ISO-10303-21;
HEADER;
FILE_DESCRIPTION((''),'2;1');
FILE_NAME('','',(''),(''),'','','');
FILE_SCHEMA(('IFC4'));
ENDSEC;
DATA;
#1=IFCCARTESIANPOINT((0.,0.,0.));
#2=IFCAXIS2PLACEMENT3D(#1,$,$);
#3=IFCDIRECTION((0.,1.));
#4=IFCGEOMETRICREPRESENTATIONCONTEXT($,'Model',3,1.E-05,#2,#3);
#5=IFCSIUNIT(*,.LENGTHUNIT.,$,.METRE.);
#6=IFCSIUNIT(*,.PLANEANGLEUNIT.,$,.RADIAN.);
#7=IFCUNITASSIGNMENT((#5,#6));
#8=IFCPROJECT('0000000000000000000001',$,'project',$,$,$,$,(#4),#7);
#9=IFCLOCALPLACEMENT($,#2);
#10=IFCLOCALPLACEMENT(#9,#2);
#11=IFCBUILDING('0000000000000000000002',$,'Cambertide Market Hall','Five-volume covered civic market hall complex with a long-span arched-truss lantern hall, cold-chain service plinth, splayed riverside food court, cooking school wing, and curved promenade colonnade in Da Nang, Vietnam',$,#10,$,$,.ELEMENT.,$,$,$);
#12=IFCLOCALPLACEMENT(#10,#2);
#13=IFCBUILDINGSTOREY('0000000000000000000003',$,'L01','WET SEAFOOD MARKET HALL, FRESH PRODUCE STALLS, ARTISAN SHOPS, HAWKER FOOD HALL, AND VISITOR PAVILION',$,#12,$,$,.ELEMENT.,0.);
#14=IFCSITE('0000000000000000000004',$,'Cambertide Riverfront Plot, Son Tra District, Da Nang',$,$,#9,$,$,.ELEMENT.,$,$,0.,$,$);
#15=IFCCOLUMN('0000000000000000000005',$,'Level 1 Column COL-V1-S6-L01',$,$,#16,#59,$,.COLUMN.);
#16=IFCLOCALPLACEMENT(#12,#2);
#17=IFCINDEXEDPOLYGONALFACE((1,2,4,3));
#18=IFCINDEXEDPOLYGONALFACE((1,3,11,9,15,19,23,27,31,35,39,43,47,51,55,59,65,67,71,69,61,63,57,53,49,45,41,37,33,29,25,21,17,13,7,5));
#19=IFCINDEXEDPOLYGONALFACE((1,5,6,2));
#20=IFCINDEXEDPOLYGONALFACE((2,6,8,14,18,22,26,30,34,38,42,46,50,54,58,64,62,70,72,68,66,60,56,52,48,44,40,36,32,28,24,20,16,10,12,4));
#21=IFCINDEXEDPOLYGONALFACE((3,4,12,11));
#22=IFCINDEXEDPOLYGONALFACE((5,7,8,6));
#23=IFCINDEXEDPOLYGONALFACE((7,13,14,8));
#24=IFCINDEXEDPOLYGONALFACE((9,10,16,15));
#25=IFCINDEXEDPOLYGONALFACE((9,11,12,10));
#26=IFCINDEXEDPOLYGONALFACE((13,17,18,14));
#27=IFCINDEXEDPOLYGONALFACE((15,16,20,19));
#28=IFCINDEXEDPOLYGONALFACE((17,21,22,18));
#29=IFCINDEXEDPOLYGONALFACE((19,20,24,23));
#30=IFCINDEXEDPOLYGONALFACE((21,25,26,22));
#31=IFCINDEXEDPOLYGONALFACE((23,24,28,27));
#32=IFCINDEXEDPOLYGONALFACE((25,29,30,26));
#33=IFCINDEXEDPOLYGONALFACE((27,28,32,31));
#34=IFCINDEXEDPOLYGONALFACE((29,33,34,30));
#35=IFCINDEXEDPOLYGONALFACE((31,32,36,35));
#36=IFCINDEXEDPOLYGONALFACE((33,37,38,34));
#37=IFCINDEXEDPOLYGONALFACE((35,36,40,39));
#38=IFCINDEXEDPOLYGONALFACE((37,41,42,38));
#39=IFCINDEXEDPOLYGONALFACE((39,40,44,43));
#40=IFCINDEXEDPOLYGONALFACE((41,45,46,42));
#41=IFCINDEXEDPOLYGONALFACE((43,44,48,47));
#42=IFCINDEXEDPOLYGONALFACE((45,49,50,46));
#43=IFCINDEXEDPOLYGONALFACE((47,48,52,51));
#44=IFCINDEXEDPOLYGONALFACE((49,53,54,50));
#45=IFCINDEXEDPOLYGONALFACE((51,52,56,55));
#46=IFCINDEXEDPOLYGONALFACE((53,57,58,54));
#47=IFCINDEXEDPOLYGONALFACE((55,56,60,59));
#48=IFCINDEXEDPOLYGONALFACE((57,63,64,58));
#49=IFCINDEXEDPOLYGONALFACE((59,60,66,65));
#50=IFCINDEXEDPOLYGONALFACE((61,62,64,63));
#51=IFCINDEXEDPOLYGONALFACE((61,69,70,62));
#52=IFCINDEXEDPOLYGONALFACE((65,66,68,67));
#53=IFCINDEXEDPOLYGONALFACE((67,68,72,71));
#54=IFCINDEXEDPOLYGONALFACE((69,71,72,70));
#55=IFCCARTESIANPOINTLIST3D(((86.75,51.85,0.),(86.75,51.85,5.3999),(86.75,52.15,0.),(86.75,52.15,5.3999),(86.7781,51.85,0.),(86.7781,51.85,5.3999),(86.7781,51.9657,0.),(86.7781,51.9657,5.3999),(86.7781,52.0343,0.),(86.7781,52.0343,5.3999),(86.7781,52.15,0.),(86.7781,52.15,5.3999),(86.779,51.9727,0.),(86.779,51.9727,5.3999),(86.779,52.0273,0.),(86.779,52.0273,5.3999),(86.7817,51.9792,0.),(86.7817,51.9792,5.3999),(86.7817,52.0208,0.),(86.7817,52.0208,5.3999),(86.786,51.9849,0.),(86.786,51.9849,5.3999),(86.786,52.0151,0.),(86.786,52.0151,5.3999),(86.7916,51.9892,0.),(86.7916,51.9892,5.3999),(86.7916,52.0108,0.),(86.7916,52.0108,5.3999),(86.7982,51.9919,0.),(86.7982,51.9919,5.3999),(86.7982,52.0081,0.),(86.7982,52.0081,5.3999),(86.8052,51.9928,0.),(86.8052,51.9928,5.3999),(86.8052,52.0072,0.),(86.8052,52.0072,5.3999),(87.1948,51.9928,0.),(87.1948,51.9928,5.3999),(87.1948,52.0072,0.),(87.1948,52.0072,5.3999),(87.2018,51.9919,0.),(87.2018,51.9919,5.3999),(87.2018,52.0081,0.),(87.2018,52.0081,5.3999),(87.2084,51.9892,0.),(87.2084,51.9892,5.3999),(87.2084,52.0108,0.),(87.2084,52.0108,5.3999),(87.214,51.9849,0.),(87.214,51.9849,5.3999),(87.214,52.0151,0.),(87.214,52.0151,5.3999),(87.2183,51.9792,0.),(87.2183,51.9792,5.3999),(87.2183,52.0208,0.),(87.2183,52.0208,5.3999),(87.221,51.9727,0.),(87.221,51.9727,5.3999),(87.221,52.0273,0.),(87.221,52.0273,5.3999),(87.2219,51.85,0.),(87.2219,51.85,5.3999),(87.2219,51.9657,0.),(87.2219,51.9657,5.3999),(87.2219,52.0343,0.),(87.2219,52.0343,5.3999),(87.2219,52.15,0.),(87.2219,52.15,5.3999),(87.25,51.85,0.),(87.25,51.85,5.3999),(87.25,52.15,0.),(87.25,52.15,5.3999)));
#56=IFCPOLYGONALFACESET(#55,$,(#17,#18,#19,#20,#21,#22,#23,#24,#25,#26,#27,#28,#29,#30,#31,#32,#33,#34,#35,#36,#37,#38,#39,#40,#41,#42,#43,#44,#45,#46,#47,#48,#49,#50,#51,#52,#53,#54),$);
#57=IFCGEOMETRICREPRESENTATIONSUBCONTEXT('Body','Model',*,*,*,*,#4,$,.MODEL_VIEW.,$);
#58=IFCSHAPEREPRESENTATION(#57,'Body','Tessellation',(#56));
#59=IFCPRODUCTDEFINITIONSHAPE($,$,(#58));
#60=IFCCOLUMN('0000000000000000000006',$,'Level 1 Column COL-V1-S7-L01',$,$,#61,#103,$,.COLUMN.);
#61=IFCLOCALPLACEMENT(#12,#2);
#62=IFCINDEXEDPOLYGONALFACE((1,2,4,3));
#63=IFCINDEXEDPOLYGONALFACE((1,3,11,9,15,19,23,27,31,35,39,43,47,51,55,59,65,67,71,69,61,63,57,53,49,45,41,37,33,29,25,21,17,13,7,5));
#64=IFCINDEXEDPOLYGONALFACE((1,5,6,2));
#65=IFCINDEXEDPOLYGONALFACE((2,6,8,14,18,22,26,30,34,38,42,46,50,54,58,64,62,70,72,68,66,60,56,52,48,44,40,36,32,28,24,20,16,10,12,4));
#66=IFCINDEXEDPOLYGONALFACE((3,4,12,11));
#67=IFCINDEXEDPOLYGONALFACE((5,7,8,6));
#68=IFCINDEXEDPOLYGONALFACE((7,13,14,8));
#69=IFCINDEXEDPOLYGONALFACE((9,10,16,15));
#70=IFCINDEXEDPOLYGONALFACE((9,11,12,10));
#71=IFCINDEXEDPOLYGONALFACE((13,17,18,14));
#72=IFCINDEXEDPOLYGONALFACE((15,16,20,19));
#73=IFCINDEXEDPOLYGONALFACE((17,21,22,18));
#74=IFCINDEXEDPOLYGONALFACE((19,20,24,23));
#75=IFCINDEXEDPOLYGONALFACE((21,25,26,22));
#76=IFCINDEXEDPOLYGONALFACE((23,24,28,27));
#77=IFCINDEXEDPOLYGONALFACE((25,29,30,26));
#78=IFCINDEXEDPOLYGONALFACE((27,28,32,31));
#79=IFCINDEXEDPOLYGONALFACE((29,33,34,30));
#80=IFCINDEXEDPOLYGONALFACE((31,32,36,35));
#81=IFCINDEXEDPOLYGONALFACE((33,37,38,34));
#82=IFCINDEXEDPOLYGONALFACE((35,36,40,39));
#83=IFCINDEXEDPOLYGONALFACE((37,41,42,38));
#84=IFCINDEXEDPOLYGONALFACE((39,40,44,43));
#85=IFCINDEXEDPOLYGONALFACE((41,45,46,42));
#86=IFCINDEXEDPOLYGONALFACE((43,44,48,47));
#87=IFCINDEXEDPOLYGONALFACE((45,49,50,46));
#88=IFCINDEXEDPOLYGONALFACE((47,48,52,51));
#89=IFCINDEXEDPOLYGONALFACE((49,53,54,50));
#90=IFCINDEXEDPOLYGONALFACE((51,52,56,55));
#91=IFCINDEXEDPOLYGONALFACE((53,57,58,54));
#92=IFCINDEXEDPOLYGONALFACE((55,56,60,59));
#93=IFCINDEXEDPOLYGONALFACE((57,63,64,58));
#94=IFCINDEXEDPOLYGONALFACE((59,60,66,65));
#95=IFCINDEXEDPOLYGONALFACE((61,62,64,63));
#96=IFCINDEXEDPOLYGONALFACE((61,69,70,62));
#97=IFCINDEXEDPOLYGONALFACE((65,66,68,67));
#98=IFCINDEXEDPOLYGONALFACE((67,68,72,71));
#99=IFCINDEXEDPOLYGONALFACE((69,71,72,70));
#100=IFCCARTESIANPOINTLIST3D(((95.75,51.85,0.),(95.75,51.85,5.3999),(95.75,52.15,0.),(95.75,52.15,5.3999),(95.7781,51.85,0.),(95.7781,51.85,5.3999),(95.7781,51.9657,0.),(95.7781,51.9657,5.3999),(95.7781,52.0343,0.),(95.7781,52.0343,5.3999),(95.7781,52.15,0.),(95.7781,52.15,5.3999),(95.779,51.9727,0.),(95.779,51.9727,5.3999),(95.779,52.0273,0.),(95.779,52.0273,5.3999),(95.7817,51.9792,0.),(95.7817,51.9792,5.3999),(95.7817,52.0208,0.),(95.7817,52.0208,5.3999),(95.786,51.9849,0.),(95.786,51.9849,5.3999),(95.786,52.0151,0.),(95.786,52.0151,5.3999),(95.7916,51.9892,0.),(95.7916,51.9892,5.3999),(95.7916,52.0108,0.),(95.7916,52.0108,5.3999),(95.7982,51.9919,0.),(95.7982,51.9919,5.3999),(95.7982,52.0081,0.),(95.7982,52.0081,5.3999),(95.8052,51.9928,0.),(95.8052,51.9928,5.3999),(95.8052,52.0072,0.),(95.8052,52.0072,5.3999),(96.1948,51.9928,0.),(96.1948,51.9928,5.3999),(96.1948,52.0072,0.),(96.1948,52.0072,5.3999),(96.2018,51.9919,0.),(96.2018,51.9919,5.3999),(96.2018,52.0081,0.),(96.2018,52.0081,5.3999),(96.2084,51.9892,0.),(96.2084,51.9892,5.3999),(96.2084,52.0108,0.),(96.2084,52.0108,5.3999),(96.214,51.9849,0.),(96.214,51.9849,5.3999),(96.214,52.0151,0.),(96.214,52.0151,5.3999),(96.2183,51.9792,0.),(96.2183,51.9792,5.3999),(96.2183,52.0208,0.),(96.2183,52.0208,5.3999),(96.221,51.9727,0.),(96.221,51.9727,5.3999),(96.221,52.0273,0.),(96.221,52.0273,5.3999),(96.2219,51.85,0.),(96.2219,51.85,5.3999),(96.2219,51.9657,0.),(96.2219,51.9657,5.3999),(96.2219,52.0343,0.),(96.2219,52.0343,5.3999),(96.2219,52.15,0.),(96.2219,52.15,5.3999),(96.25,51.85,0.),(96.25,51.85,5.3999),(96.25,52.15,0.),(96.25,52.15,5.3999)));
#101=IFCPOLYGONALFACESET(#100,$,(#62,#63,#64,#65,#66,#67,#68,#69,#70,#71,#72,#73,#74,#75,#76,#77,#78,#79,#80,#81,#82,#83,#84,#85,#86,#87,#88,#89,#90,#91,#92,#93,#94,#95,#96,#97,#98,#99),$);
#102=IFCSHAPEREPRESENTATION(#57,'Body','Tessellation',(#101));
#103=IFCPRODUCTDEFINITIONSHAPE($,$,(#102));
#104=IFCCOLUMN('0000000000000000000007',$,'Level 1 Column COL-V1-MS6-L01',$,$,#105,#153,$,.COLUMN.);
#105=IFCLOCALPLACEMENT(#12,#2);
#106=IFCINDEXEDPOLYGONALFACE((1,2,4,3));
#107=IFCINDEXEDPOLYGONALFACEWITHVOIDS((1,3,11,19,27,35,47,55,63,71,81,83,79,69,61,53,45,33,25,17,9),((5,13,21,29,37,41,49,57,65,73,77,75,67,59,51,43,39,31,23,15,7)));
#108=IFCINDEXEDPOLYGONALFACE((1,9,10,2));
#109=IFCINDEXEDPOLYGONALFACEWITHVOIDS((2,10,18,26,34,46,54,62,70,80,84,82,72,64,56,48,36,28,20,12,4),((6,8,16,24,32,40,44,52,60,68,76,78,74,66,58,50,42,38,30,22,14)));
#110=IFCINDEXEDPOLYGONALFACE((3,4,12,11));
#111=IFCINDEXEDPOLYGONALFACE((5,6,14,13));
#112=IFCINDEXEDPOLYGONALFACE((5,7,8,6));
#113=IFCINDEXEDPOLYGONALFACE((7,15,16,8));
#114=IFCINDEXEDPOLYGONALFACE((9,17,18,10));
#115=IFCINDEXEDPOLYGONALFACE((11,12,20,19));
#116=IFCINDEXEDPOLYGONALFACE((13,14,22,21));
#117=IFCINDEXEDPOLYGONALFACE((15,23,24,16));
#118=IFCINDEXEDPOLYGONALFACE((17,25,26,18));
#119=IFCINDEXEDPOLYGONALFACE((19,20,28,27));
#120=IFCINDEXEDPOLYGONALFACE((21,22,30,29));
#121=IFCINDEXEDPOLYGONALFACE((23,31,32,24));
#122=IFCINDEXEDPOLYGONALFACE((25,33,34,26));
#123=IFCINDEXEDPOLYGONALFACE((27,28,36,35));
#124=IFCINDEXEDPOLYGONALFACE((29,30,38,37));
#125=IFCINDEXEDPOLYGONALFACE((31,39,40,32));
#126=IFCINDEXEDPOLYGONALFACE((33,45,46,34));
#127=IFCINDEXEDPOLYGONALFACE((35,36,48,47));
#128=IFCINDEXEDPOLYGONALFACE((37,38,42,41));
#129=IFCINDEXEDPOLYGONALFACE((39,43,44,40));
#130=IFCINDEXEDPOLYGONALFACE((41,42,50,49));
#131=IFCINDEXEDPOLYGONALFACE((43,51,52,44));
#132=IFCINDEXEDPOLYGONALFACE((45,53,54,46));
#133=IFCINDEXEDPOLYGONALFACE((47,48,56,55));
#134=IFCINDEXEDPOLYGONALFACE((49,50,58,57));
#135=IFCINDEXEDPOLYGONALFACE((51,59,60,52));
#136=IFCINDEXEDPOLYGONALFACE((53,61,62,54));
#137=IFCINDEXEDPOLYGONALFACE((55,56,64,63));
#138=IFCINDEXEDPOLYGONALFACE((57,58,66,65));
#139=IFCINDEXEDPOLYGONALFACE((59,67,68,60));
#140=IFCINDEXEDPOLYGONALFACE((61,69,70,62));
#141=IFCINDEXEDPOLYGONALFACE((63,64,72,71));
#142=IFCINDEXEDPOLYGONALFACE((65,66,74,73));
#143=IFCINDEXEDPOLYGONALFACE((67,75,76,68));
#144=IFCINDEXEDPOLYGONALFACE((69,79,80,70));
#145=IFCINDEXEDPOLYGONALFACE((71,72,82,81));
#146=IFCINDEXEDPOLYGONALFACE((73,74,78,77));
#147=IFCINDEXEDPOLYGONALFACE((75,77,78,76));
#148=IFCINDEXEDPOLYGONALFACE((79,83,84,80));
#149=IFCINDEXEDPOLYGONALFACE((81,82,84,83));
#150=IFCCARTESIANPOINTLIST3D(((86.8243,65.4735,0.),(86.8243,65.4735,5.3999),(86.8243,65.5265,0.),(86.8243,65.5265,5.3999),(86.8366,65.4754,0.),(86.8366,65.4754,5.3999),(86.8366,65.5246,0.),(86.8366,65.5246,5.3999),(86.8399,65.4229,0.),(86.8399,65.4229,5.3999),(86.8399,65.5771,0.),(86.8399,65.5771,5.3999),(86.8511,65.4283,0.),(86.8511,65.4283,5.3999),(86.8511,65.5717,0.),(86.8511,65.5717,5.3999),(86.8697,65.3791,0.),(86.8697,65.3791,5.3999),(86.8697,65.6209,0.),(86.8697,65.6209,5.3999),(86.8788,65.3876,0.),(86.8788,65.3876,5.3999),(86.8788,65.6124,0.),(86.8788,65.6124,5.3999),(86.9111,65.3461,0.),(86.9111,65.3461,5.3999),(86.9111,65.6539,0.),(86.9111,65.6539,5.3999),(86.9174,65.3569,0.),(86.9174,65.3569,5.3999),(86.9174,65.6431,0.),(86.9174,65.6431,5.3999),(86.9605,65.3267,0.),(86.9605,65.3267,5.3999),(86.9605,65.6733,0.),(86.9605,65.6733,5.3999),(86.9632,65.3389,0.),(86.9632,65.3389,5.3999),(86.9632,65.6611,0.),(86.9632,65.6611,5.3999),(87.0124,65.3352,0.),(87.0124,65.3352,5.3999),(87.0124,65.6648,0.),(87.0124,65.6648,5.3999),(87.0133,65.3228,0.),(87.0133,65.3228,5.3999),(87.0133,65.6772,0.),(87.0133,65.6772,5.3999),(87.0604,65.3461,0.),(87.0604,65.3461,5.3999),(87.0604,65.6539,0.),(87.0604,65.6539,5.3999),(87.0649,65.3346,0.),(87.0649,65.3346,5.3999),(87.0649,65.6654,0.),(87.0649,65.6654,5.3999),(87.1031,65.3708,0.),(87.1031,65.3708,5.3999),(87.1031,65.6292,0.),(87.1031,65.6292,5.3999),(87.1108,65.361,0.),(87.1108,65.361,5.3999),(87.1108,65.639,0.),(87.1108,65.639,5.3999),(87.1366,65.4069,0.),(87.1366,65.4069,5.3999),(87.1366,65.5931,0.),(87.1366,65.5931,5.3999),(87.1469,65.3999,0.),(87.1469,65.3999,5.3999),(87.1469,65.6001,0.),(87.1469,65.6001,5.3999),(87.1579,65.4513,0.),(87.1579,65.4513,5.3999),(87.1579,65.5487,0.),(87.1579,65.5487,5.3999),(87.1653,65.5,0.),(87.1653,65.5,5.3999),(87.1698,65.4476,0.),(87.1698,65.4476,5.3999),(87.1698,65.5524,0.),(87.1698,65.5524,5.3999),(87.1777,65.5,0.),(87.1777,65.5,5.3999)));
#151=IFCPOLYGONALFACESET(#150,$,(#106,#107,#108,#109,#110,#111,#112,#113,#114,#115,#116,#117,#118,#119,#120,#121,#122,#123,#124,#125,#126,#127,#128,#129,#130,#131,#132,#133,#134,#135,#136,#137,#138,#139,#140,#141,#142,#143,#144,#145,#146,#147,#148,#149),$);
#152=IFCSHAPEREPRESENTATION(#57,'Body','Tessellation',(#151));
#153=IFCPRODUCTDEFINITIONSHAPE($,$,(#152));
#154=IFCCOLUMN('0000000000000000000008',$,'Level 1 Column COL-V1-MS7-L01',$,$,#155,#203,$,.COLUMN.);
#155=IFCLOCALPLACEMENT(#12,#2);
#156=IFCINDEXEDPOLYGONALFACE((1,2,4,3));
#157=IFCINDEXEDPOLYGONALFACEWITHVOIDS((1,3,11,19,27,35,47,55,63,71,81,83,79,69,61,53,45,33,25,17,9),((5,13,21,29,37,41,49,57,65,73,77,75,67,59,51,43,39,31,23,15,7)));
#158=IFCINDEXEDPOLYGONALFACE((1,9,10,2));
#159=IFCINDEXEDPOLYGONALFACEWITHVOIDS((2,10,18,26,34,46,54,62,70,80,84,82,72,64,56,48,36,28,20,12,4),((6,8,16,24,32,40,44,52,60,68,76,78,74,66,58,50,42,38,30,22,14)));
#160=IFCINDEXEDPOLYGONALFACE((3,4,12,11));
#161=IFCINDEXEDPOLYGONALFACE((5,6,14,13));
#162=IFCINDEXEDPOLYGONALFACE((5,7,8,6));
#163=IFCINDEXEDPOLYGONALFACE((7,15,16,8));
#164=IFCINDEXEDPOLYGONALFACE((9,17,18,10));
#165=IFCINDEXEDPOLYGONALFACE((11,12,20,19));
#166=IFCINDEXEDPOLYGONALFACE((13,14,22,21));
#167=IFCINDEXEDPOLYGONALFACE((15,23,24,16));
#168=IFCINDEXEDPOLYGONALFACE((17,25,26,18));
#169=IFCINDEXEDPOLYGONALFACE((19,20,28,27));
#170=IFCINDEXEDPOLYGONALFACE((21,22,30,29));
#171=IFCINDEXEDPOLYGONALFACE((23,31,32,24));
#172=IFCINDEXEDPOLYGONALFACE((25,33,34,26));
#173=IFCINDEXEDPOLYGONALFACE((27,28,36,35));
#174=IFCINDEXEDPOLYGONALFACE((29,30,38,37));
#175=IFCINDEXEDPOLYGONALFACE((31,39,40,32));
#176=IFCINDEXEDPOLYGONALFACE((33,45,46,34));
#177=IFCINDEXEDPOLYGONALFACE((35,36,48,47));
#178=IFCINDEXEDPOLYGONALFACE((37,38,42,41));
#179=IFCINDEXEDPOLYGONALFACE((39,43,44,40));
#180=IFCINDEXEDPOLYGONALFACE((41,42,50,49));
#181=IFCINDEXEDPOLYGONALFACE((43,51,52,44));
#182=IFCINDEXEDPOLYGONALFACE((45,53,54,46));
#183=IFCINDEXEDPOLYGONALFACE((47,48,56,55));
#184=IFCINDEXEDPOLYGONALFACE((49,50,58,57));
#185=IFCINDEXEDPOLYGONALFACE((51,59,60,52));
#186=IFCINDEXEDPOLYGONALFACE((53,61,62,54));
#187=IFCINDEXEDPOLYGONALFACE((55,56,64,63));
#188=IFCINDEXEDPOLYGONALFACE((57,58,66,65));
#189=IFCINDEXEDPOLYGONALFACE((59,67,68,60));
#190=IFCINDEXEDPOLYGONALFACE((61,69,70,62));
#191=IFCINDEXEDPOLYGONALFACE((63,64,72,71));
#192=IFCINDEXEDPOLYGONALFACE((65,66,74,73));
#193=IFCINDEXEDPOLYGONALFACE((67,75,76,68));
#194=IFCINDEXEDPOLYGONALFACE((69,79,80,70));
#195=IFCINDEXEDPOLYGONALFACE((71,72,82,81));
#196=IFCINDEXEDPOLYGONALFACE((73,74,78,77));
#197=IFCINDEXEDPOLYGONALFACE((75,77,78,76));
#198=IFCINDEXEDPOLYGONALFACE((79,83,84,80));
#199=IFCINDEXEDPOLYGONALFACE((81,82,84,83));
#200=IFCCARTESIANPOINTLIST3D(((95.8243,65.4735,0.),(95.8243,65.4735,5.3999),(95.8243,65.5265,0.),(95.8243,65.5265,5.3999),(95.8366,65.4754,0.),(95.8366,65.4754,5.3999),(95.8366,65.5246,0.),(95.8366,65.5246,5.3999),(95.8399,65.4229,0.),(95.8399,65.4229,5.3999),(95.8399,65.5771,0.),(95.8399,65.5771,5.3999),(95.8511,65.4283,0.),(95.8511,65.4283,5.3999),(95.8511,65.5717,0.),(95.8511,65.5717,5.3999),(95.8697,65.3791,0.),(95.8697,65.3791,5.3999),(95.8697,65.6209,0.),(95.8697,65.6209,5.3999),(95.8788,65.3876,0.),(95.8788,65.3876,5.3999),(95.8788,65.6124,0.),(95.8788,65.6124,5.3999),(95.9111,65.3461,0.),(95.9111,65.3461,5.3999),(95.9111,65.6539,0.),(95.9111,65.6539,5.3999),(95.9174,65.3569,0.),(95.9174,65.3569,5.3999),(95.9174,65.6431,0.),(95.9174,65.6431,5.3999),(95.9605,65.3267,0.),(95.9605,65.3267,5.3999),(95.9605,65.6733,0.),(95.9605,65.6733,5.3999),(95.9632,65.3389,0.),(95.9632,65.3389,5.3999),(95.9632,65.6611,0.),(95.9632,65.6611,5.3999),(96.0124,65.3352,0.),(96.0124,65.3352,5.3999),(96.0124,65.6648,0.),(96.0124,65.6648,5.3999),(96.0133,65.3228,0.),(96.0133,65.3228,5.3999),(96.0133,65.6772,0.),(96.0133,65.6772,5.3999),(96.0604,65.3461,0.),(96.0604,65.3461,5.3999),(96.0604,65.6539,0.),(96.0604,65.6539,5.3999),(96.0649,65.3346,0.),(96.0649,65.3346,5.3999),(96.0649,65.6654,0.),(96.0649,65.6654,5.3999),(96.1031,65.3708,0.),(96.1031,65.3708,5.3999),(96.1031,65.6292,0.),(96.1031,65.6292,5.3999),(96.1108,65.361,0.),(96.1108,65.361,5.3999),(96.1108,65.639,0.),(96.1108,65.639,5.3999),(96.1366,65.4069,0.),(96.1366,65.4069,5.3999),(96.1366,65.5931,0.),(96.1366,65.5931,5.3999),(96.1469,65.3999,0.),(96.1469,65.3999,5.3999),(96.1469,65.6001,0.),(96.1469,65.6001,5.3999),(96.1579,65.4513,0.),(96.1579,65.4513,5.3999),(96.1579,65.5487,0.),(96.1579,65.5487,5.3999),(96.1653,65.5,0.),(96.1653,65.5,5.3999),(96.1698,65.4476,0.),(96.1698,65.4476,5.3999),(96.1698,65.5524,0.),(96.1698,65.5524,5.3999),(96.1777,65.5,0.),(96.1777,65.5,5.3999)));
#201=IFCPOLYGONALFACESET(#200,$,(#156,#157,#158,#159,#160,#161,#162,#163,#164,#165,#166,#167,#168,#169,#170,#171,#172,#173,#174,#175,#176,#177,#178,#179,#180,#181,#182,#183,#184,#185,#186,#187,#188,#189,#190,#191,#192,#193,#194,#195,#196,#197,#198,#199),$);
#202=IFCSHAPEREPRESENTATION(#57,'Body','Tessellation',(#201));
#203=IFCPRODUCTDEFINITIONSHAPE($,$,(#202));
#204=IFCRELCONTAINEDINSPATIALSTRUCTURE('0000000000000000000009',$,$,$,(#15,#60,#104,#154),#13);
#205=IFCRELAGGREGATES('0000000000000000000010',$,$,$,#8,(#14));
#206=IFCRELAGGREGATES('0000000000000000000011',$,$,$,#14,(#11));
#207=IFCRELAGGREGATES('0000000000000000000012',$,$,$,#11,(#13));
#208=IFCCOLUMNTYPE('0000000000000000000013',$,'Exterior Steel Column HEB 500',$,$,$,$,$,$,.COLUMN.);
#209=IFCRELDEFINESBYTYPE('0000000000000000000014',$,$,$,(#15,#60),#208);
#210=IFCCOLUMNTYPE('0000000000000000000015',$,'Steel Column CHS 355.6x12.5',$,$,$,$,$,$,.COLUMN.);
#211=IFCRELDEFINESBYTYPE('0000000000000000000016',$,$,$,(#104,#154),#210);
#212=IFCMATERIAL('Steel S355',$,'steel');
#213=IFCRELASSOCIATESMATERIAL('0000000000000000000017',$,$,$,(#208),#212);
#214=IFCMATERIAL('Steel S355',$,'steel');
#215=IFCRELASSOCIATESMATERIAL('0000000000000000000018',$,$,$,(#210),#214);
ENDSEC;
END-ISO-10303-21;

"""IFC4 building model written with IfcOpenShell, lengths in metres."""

from ifc_helpers import new_model, si_unit, direction, frame, origin, origin_2d, place, context, subcontext, project, spatial, hollow_circle, i_section, extrude, material, material_profile, profile_set, type_object, element, save


model = new_model("IFC4")

# Units and contexts
model_context = context("Model", 3, precision=1e-05, world=origin(), true_north=direction((0.0, 1.0)))
body_context = subcontext(model_context, "Body", "Model", "MODEL_VIEW")
ifc_project = project(units=[si_unit("LENGTHUNIT", "METRE"), si_unit("PLANEANGLEUNIT", "RADIAN")], contexts=[model_context])

# Site, building, storey
site_placement = place(None, origin())
site = spatial("IfcSite", under=ifc_project, at=site_placement, Name="Cambertide Riverfront Plot, Son Tra District, Da Nang", CompositionType="ELEMENT", RefElevation=0.0)
building_placement = place(site_placement, origin())
building = spatial("IfcBuilding", under=site, at=building_placement, Name="Cambertide Market Hall", Description="Five-volume covered civic market hall complex with a long-span arched-truss lantern hall, cold-chain service plinth, splayed riverside food court, cooking school wing, and curved promenade colonnade in Da Nang, Vietnam", CompositionType="ELEMENT")
storey_placement = place(building_placement, origin())
storey = spatial("IfcBuildingStorey", under=building, at=storey_placement, Name="L01", Description="WET SEAFOOD MARKET HALL, FRESH PRODUCE STALLS, ARTISAN SHOPS, HAWKER FOOD HALL, AND VISITOR PAVILION", CompositionType="ELEMENT", Elevation=0.0)

# Columns
ifc_material_1 = material(Name="Steel S355", Category="steel")
ifc_material_profile_1 = material_profile(ifc_material_1, i_section(OverallWidth=0.3, OverallDepth=0.5, WebThickness=0.0144, FlangeThickness=0.0281, FilletRadius=0.0271, at=origin_2d()), Name="HEB 500")
ifc_profile_set_1 = profile_set([ifc_material_profile_1], Name="Steel S355")
column_type_1 = type_object("IfcColumnType", Name="Exterior Steel Column HEB 500", PredefinedType="COLUMN", material=ifc_profile_set_1)
for number, where, z_axis, x_axis, name in (
    (1, (87.0, 52.0, 0.0), (0.0, 0.0, 1.0), (0.0, 1.0, 0.0), "Level 1 Column COL-V1-S6-L01"),
    (2, (96.0, 52.0, 0.0), (0.0, 0.0, 1.0), (0.0, 1.0, 0.0), "Level 1 Column COL-V1-S7-L01"),
):
    element("IfcColumn", number, at=place(storey_placement, frame(where, z_axis=z_axis, x_axis=x_axis)), inside=storey, type_object=column_type_1, Name=name, PredefinedType="COLUMN", context=body_context, shape_type="SweptSolid", body=[
        extrude(i_section(OverallWidth=0.3, OverallDepth=0.5, WebThickness=0.0144, FlangeThickness=0.0281, FilletRadius=0.0271, at=origin_2d()), origin(), (0.0, 0.0, 1.0), 5.3999),
    ])
ifc_material_2 = material(Name="Steel S355", Category="steel")
ifc_material_profile_2 = material_profile(ifc_material_2, hollow_circle(Radius=0.1777, WallThickness=0.0125, at=origin_2d()), Name="CHS 355.6x12.5")
ifc_profile_set_2 = profile_set([ifc_material_profile_2], Name="Steel S355")
column_type_2 = type_object("IfcColumnType", Name="Steel Column CHS 355.6x12.5", PredefinedType="COLUMN", material=ifc_profile_set_2)
for number, where, z_axis, x_axis, name in (
    (3, (87.0, 65.5, 0.0), (0.0, 0.0, 1.0), (1.0, 0.0, 0.0), "Level 1 Column COL-V1-MS6-L01"),
    (4, (96.0, 65.5, 0.0), (0.0, 0.0, 1.0), (1.0, 0.0, 0.0), "Level 1 Column COL-V1-MS7-L01"),
):
    element("IfcColumn", number, at=place(storey_placement, frame(where, z_axis=z_axis, x_axis=x_axis)), inside=storey, type_object=column_type_2, Name=name, PredefinedType="COLUMN", context=body_context, shape_type="SweptSolid", body=[
        extrude(hollow_circle(Radius=0.1777, WallThickness=0.0125, at=origin_2d()), origin(), (0.0, 0.0, 1.0), 5.3999),
    ])

save(model, "model.ifc")
